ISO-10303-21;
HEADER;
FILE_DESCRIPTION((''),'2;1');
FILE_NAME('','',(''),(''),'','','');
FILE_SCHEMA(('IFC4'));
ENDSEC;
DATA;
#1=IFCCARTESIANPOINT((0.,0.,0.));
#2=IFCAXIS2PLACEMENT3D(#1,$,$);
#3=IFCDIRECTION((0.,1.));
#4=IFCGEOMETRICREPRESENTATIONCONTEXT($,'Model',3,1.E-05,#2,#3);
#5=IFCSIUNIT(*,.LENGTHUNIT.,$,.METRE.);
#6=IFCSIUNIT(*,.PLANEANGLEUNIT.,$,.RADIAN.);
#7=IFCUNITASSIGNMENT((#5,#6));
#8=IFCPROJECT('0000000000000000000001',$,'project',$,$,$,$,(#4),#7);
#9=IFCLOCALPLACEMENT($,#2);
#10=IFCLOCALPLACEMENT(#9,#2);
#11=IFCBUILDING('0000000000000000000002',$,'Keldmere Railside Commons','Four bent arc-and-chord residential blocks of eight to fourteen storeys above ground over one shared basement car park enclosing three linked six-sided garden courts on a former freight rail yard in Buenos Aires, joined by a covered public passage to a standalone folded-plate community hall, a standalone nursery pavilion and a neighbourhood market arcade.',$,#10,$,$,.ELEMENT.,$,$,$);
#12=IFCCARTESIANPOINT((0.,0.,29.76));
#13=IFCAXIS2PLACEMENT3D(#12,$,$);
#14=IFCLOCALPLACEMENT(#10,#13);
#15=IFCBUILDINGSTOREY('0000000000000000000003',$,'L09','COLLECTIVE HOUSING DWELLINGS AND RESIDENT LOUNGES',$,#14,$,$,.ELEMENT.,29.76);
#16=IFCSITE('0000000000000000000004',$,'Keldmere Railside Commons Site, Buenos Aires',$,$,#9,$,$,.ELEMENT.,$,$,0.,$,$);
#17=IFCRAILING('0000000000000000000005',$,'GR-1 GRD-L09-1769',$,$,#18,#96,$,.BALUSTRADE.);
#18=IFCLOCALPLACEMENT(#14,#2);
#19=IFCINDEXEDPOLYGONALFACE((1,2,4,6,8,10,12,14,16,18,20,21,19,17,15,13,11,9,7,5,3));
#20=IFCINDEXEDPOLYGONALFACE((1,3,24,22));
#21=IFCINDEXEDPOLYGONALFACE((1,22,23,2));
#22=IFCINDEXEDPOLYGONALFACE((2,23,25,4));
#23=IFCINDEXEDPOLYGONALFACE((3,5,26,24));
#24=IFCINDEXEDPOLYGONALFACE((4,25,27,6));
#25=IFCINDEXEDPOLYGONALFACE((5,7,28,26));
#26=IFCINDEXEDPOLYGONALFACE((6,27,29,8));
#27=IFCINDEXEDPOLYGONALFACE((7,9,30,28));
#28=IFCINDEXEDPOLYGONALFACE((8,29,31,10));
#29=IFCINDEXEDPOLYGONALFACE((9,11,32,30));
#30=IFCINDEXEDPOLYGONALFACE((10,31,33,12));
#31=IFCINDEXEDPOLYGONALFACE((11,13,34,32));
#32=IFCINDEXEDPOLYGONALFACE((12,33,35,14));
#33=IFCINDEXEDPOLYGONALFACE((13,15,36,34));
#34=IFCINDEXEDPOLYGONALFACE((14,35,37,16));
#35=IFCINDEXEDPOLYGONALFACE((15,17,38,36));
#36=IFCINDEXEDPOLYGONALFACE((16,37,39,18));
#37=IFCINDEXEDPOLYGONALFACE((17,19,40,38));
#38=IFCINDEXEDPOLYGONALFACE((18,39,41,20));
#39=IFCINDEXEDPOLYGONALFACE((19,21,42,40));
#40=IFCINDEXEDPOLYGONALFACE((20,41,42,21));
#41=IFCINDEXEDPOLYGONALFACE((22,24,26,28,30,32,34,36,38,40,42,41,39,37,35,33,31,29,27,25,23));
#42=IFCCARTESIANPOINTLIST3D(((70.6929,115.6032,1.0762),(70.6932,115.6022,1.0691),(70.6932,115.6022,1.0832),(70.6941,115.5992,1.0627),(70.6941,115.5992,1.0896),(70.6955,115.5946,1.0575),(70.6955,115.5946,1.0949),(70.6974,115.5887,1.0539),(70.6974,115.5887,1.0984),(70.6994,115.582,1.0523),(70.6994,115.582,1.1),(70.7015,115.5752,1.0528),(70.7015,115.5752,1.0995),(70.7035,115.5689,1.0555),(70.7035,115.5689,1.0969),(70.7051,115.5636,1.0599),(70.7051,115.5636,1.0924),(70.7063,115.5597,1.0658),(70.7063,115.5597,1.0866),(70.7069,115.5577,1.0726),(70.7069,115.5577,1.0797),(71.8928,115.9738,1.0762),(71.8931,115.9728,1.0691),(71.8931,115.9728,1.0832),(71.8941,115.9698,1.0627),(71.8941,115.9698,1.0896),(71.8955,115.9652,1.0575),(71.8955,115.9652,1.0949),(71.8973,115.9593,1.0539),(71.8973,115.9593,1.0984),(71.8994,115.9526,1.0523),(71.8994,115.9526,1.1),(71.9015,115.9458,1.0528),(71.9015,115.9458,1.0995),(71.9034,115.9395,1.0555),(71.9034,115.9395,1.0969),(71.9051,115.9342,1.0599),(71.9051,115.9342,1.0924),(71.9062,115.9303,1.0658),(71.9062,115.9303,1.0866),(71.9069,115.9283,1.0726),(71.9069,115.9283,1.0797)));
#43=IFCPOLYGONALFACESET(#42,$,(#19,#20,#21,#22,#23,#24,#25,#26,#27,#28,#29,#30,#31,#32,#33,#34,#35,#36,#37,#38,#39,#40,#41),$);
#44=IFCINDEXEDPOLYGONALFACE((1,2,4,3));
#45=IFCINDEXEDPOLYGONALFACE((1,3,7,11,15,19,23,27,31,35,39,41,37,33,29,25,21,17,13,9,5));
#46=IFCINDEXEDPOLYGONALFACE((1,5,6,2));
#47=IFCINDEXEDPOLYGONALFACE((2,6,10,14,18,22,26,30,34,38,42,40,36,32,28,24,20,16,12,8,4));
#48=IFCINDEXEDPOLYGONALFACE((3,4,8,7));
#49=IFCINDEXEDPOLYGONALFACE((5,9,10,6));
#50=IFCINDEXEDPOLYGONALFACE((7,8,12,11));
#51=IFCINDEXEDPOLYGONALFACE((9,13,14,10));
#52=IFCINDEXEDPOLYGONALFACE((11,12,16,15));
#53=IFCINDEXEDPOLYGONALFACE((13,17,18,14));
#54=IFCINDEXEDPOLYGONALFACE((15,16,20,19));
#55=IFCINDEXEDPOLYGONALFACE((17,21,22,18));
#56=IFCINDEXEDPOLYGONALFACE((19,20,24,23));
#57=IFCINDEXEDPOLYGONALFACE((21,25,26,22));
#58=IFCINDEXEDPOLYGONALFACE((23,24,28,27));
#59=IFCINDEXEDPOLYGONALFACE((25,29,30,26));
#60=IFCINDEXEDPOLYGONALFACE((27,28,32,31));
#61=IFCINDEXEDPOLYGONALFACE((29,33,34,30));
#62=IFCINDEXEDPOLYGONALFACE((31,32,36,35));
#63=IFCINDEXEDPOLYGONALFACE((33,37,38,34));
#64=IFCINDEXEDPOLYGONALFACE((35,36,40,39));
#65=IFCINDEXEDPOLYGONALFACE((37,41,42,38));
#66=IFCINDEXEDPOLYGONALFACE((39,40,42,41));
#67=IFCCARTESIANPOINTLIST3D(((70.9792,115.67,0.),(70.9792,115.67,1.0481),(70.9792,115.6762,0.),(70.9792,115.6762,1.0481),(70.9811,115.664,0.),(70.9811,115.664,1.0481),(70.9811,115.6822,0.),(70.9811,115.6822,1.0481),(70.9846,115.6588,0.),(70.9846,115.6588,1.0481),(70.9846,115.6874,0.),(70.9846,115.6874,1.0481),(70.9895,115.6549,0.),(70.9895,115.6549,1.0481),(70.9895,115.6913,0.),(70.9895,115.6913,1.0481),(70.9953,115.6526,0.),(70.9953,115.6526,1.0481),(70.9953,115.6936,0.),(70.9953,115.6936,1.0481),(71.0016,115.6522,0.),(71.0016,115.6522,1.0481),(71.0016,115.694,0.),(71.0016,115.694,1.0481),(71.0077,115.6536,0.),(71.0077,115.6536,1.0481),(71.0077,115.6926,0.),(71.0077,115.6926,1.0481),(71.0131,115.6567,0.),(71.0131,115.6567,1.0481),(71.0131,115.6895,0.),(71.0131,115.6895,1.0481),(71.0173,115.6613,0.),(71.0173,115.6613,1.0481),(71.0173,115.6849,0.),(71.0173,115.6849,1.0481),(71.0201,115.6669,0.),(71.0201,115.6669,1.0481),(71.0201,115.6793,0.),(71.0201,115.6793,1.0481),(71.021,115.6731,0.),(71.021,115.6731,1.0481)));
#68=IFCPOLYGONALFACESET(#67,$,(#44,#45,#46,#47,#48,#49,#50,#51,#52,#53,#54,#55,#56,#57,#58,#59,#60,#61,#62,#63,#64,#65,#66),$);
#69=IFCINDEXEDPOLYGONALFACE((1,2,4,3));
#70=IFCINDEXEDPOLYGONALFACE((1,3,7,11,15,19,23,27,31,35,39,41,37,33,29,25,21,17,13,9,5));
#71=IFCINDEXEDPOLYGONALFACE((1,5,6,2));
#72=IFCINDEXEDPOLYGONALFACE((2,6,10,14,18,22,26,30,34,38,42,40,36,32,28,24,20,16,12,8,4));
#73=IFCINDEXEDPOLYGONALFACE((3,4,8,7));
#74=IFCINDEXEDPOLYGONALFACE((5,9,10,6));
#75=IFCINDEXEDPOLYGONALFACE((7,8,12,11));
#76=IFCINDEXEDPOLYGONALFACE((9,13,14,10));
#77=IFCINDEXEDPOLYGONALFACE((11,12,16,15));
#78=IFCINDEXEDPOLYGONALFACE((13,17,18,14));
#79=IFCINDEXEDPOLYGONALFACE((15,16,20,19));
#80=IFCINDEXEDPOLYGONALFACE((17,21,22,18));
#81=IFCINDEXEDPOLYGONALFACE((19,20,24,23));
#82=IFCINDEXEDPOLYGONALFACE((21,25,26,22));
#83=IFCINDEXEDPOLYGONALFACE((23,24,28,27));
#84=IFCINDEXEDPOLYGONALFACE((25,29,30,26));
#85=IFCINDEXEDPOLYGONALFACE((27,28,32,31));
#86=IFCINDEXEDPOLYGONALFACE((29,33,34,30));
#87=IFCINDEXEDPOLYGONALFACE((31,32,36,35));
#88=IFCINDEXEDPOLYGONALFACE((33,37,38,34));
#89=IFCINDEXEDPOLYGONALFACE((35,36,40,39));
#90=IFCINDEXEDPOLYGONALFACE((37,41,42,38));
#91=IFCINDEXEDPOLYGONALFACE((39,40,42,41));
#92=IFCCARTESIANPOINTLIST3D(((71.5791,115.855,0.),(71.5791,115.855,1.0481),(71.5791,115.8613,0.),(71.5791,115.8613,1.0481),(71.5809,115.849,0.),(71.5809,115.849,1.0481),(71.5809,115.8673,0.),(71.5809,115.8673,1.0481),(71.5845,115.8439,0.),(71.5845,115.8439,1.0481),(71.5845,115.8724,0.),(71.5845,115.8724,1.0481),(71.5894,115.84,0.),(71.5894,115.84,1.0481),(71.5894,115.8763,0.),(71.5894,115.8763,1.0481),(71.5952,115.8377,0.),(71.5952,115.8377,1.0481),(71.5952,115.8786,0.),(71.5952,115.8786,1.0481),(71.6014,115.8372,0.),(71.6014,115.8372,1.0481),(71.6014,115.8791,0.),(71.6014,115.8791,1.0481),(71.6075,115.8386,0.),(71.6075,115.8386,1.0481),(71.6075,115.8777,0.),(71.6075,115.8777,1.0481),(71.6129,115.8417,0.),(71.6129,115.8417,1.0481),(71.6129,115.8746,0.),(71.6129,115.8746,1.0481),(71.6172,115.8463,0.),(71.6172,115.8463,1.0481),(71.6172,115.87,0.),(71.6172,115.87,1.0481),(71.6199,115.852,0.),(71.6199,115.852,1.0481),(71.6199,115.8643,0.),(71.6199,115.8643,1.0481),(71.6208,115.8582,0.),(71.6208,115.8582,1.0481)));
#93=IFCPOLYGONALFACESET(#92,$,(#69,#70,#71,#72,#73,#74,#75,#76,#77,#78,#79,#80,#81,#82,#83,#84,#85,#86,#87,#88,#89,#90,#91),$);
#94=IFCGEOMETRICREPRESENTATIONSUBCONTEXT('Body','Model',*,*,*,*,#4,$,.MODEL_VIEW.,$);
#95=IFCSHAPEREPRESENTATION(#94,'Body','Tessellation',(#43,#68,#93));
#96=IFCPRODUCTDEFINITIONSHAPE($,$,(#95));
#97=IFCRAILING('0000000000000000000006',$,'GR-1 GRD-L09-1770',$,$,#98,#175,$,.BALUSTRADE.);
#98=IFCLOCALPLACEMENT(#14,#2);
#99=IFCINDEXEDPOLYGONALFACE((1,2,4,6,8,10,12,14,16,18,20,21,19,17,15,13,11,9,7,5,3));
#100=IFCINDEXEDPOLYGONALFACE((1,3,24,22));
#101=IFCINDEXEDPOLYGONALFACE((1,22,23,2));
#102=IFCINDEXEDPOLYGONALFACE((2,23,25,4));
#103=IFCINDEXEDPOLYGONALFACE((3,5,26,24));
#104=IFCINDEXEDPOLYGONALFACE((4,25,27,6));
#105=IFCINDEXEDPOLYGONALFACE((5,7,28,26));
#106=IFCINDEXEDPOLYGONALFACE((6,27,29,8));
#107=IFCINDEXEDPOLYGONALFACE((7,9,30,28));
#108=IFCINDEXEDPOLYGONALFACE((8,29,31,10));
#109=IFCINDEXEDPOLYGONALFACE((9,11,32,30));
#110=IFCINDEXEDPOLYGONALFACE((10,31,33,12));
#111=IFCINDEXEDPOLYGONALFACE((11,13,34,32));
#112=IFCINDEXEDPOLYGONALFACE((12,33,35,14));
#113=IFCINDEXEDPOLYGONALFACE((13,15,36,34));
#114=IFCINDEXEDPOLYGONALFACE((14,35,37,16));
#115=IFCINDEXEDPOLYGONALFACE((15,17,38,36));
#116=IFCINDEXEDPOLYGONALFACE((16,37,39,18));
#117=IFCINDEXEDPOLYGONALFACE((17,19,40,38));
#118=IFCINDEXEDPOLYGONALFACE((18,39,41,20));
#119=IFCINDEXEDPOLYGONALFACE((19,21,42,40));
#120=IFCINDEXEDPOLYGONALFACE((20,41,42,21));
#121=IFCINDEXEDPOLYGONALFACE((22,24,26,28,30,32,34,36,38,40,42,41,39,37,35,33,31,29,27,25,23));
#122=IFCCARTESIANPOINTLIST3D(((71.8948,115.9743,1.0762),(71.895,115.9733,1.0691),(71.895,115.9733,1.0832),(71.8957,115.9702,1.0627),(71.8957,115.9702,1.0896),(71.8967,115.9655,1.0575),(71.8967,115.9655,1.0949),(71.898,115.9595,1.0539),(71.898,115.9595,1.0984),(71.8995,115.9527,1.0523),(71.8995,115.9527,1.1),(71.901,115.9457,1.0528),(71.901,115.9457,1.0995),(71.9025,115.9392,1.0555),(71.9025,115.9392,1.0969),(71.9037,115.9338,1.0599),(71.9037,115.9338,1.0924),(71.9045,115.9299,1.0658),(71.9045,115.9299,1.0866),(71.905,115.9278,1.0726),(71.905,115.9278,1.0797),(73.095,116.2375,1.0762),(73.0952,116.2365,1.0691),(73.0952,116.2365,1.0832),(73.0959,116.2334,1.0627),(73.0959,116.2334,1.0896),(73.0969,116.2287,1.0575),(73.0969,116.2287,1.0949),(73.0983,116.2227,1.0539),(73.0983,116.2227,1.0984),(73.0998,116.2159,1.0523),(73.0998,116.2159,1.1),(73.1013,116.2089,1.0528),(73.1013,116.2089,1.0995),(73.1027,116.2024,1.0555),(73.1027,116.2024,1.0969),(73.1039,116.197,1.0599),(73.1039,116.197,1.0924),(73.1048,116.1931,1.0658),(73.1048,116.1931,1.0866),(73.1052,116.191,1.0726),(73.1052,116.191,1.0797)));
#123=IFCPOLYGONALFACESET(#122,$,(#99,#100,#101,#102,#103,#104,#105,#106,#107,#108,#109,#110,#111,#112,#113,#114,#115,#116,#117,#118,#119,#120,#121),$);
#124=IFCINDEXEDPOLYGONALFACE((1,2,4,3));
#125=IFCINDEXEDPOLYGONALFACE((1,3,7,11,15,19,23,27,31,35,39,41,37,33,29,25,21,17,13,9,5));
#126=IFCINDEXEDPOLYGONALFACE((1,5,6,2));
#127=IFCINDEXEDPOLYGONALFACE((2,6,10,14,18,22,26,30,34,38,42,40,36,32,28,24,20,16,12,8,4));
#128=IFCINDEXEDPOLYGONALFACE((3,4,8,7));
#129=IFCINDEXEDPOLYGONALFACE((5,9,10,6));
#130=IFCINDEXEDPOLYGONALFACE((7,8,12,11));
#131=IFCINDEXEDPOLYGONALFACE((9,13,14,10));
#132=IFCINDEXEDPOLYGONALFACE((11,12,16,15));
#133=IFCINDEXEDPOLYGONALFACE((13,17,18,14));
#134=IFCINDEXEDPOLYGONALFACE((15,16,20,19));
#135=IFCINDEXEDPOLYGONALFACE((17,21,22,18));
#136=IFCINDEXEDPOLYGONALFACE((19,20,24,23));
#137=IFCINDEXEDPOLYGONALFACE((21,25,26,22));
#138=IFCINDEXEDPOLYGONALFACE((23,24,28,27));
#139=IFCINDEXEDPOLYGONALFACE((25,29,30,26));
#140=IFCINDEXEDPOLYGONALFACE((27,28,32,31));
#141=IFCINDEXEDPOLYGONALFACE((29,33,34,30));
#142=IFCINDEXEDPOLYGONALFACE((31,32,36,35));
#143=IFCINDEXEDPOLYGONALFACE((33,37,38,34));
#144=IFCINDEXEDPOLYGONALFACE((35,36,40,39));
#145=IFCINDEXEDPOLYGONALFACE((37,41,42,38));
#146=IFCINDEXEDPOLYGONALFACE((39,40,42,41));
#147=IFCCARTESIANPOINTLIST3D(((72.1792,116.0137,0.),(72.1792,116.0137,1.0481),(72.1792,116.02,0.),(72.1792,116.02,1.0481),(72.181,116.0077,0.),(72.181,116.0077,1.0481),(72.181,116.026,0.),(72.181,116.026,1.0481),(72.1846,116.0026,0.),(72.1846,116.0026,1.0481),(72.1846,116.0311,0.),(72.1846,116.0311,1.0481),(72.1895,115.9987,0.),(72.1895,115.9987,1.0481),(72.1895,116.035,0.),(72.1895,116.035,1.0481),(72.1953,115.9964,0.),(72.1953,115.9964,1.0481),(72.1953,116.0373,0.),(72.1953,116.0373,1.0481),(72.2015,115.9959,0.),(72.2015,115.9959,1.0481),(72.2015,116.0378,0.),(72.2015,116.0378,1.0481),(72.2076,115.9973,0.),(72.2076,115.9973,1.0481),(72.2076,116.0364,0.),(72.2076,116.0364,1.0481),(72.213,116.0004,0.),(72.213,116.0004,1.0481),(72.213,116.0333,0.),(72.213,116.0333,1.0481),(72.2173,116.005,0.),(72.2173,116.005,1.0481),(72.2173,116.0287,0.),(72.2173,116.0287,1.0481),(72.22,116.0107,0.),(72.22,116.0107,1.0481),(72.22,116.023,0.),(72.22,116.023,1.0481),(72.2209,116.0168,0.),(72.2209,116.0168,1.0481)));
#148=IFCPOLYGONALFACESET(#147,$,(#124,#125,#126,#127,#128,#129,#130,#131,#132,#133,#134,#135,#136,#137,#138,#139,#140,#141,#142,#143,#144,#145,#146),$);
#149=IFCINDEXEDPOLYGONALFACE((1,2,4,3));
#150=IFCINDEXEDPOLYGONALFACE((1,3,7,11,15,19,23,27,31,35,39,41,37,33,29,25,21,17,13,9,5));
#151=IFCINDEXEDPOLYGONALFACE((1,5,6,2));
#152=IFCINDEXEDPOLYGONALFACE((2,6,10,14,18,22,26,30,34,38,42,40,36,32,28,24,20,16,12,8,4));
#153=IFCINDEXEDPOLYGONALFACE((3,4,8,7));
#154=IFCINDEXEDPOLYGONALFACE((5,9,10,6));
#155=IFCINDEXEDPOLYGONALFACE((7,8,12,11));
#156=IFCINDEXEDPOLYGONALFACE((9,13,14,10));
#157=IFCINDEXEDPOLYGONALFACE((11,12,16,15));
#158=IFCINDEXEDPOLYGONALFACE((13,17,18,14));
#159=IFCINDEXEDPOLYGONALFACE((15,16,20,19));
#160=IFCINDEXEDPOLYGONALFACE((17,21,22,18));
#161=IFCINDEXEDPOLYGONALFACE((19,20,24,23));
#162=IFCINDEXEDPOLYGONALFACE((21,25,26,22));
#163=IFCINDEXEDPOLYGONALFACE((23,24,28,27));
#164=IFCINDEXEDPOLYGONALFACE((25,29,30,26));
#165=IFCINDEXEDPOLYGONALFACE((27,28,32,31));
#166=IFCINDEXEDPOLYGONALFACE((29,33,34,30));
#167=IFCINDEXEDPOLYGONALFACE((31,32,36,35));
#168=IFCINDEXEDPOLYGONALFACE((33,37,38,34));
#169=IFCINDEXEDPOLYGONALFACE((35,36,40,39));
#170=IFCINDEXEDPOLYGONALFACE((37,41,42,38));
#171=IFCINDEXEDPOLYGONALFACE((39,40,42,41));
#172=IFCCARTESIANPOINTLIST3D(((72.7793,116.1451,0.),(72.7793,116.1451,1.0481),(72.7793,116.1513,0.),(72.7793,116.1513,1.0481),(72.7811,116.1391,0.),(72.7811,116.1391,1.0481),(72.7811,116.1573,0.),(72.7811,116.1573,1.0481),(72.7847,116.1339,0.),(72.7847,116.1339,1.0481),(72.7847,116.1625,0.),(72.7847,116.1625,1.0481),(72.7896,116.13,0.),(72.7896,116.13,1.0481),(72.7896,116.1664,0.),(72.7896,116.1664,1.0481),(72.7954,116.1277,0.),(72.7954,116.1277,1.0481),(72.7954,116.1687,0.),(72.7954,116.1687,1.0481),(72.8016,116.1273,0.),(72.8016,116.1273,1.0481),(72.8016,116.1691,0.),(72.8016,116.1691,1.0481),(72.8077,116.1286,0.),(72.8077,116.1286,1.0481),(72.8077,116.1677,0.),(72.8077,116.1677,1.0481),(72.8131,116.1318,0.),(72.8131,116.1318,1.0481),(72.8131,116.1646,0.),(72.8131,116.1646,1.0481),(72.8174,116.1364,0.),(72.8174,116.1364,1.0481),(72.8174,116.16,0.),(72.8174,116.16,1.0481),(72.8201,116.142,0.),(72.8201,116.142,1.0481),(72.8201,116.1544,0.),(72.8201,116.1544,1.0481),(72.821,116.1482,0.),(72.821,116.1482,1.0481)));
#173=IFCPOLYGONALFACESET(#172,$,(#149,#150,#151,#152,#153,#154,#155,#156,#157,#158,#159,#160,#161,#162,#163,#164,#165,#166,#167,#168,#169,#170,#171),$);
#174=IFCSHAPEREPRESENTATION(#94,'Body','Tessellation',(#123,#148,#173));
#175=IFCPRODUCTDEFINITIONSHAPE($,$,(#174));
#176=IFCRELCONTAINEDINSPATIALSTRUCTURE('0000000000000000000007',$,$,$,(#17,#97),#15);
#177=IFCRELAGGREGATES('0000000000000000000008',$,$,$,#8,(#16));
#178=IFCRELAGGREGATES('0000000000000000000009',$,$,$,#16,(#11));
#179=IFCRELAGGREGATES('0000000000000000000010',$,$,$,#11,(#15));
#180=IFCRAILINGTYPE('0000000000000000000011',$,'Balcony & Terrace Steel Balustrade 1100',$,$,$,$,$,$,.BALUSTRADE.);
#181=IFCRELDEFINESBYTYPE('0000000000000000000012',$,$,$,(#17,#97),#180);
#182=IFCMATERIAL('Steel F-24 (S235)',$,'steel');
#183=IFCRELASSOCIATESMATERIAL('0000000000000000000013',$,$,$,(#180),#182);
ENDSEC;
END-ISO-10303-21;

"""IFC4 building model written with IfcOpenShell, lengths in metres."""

from ifc_helpers import new_model, si_unit, direction, frame, origin, origin_2d, place, context, subcontext, project, spatial, circle, extrude, material, type_object, element, save


model = new_model("IFC4")

# Units and contexts
model_context = context("Model", 3, precision=1e-05, world=origin(), true_north=direction((0.0, 1.0)))
body_context = subcontext(model_context, "Body", "Model", "MODEL_VIEW")
ifc_project = project(units=[si_unit("LENGTHUNIT", "METRE"), si_unit("PLANEANGLEUNIT", "RADIAN")], contexts=[model_context])

# Site, building, storey
site_placement = place(None, origin())
site = spatial("IfcSite", under=ifc_project, at=site_placement, Name="Keldmere Railside Commons Site, Buenos Aires", CompositionType="ELEMENT", RefElevation=0.0)
building_placement = place(site_placement, origin())
building = spatial("IfcBuilding", under=site, at=building_placement, Name="Keldmere Railside Commons", Description="Four bent arc-and-chord residential blocks of eight to fourteen storeys above ground over one shared basement car park enclosing three linked six-sided garden courts on a former freight rail yard in Buenos Aires, joined by a covered public passage to a standalone folded-plate community hall, a standalone nursery pavilion and a neighbourhood market arcade.", CompositionType="ELEMENT")
storey_placement = place(building_placement, frame((0.0, 0.0, 29.76)))
storey = spatial("IfcBuildingStorey", under=building, at=storey_placement, Name="L09", Description="COLLECTIVE HOUSING DWELLINGS AND RESIDENT LOUNGES", CompositionType="ELEMENT", Elevation=29.76)

# Railings
ifc_material_1 = material(Name="Steel F-24 (S235)", Category="steel")
railing_type = type_object("IfcRailingType", Name="Balcony & Terrace Steel Balustrade 1100", PredefinedType="BALUSTRADE", material=ifc_material_1)
railing_1_placement = place(storey_placement, frame((70.7, 115.5803, 0.0)))
element("IfcRailing", 1, at=railing_1_placement, inside=storey, type_object=railing_type, Name="GR-1 GRD-L09-1769", PredefinedType="BALUSTRADE", context=body_context, shape_type="SweptSolid", body=[
    extrude(circle(Radius=0.0239, at=origin_2d()), frame((0.0, 0.0, 1.0762), z_axis=(0.955467, 0.295097, 0.0), x_axis=(-0.295097, 0.955467, 0.0)), (0.0, 0.0, 1.0), 1.2559),
    extrude(circle(Radius=0.021, at=origin_2d()), frame((0.3, 0.0928, 0.0)), (0.0, 0.0, 1.0), 1.0481),
    extrude(circle(Radius=0.021, at=origin_2d()), frame((0.8999, 0.2778, 0.0)), (0.0, 0.0, 1.0), 1.0481),
])
railing_2_placement = place(storey_placement, frame((71.8999, 115.9509, 0.0)))
element("IfcRailing", 2, at=railing_2_placement, inside=storey, type_object=railing_type, Name="GR-1 GRD-L09-1770", PredefinedType="BALUSTRADE", context=body_context, shape_type="SweptSolid", body=[
    extrude(circle(Radius=0.0239, at=origin_2d()), frame((0.0, 0.0, 1.0762), z_axis=(0.976791, 0.214195, 0.0), x_axis=(-0.214195, 0.976791, 0.0)), (0.0, 0.0, 1.0), 1.2288),
    extrude(circle(Radius=0.021, at=origin_2d()), frame((0.3, 0.0659, 0.0)), (0.0, 0.0, 1.0), 1.0481),
    extrude(circle(Radius=0.021, at=origin_2d()), frame((0.9001, 0.1973, 0.0)), (0.0, 0.0, 1.0), 1.0481),
])

save(model, "model.ifc")
